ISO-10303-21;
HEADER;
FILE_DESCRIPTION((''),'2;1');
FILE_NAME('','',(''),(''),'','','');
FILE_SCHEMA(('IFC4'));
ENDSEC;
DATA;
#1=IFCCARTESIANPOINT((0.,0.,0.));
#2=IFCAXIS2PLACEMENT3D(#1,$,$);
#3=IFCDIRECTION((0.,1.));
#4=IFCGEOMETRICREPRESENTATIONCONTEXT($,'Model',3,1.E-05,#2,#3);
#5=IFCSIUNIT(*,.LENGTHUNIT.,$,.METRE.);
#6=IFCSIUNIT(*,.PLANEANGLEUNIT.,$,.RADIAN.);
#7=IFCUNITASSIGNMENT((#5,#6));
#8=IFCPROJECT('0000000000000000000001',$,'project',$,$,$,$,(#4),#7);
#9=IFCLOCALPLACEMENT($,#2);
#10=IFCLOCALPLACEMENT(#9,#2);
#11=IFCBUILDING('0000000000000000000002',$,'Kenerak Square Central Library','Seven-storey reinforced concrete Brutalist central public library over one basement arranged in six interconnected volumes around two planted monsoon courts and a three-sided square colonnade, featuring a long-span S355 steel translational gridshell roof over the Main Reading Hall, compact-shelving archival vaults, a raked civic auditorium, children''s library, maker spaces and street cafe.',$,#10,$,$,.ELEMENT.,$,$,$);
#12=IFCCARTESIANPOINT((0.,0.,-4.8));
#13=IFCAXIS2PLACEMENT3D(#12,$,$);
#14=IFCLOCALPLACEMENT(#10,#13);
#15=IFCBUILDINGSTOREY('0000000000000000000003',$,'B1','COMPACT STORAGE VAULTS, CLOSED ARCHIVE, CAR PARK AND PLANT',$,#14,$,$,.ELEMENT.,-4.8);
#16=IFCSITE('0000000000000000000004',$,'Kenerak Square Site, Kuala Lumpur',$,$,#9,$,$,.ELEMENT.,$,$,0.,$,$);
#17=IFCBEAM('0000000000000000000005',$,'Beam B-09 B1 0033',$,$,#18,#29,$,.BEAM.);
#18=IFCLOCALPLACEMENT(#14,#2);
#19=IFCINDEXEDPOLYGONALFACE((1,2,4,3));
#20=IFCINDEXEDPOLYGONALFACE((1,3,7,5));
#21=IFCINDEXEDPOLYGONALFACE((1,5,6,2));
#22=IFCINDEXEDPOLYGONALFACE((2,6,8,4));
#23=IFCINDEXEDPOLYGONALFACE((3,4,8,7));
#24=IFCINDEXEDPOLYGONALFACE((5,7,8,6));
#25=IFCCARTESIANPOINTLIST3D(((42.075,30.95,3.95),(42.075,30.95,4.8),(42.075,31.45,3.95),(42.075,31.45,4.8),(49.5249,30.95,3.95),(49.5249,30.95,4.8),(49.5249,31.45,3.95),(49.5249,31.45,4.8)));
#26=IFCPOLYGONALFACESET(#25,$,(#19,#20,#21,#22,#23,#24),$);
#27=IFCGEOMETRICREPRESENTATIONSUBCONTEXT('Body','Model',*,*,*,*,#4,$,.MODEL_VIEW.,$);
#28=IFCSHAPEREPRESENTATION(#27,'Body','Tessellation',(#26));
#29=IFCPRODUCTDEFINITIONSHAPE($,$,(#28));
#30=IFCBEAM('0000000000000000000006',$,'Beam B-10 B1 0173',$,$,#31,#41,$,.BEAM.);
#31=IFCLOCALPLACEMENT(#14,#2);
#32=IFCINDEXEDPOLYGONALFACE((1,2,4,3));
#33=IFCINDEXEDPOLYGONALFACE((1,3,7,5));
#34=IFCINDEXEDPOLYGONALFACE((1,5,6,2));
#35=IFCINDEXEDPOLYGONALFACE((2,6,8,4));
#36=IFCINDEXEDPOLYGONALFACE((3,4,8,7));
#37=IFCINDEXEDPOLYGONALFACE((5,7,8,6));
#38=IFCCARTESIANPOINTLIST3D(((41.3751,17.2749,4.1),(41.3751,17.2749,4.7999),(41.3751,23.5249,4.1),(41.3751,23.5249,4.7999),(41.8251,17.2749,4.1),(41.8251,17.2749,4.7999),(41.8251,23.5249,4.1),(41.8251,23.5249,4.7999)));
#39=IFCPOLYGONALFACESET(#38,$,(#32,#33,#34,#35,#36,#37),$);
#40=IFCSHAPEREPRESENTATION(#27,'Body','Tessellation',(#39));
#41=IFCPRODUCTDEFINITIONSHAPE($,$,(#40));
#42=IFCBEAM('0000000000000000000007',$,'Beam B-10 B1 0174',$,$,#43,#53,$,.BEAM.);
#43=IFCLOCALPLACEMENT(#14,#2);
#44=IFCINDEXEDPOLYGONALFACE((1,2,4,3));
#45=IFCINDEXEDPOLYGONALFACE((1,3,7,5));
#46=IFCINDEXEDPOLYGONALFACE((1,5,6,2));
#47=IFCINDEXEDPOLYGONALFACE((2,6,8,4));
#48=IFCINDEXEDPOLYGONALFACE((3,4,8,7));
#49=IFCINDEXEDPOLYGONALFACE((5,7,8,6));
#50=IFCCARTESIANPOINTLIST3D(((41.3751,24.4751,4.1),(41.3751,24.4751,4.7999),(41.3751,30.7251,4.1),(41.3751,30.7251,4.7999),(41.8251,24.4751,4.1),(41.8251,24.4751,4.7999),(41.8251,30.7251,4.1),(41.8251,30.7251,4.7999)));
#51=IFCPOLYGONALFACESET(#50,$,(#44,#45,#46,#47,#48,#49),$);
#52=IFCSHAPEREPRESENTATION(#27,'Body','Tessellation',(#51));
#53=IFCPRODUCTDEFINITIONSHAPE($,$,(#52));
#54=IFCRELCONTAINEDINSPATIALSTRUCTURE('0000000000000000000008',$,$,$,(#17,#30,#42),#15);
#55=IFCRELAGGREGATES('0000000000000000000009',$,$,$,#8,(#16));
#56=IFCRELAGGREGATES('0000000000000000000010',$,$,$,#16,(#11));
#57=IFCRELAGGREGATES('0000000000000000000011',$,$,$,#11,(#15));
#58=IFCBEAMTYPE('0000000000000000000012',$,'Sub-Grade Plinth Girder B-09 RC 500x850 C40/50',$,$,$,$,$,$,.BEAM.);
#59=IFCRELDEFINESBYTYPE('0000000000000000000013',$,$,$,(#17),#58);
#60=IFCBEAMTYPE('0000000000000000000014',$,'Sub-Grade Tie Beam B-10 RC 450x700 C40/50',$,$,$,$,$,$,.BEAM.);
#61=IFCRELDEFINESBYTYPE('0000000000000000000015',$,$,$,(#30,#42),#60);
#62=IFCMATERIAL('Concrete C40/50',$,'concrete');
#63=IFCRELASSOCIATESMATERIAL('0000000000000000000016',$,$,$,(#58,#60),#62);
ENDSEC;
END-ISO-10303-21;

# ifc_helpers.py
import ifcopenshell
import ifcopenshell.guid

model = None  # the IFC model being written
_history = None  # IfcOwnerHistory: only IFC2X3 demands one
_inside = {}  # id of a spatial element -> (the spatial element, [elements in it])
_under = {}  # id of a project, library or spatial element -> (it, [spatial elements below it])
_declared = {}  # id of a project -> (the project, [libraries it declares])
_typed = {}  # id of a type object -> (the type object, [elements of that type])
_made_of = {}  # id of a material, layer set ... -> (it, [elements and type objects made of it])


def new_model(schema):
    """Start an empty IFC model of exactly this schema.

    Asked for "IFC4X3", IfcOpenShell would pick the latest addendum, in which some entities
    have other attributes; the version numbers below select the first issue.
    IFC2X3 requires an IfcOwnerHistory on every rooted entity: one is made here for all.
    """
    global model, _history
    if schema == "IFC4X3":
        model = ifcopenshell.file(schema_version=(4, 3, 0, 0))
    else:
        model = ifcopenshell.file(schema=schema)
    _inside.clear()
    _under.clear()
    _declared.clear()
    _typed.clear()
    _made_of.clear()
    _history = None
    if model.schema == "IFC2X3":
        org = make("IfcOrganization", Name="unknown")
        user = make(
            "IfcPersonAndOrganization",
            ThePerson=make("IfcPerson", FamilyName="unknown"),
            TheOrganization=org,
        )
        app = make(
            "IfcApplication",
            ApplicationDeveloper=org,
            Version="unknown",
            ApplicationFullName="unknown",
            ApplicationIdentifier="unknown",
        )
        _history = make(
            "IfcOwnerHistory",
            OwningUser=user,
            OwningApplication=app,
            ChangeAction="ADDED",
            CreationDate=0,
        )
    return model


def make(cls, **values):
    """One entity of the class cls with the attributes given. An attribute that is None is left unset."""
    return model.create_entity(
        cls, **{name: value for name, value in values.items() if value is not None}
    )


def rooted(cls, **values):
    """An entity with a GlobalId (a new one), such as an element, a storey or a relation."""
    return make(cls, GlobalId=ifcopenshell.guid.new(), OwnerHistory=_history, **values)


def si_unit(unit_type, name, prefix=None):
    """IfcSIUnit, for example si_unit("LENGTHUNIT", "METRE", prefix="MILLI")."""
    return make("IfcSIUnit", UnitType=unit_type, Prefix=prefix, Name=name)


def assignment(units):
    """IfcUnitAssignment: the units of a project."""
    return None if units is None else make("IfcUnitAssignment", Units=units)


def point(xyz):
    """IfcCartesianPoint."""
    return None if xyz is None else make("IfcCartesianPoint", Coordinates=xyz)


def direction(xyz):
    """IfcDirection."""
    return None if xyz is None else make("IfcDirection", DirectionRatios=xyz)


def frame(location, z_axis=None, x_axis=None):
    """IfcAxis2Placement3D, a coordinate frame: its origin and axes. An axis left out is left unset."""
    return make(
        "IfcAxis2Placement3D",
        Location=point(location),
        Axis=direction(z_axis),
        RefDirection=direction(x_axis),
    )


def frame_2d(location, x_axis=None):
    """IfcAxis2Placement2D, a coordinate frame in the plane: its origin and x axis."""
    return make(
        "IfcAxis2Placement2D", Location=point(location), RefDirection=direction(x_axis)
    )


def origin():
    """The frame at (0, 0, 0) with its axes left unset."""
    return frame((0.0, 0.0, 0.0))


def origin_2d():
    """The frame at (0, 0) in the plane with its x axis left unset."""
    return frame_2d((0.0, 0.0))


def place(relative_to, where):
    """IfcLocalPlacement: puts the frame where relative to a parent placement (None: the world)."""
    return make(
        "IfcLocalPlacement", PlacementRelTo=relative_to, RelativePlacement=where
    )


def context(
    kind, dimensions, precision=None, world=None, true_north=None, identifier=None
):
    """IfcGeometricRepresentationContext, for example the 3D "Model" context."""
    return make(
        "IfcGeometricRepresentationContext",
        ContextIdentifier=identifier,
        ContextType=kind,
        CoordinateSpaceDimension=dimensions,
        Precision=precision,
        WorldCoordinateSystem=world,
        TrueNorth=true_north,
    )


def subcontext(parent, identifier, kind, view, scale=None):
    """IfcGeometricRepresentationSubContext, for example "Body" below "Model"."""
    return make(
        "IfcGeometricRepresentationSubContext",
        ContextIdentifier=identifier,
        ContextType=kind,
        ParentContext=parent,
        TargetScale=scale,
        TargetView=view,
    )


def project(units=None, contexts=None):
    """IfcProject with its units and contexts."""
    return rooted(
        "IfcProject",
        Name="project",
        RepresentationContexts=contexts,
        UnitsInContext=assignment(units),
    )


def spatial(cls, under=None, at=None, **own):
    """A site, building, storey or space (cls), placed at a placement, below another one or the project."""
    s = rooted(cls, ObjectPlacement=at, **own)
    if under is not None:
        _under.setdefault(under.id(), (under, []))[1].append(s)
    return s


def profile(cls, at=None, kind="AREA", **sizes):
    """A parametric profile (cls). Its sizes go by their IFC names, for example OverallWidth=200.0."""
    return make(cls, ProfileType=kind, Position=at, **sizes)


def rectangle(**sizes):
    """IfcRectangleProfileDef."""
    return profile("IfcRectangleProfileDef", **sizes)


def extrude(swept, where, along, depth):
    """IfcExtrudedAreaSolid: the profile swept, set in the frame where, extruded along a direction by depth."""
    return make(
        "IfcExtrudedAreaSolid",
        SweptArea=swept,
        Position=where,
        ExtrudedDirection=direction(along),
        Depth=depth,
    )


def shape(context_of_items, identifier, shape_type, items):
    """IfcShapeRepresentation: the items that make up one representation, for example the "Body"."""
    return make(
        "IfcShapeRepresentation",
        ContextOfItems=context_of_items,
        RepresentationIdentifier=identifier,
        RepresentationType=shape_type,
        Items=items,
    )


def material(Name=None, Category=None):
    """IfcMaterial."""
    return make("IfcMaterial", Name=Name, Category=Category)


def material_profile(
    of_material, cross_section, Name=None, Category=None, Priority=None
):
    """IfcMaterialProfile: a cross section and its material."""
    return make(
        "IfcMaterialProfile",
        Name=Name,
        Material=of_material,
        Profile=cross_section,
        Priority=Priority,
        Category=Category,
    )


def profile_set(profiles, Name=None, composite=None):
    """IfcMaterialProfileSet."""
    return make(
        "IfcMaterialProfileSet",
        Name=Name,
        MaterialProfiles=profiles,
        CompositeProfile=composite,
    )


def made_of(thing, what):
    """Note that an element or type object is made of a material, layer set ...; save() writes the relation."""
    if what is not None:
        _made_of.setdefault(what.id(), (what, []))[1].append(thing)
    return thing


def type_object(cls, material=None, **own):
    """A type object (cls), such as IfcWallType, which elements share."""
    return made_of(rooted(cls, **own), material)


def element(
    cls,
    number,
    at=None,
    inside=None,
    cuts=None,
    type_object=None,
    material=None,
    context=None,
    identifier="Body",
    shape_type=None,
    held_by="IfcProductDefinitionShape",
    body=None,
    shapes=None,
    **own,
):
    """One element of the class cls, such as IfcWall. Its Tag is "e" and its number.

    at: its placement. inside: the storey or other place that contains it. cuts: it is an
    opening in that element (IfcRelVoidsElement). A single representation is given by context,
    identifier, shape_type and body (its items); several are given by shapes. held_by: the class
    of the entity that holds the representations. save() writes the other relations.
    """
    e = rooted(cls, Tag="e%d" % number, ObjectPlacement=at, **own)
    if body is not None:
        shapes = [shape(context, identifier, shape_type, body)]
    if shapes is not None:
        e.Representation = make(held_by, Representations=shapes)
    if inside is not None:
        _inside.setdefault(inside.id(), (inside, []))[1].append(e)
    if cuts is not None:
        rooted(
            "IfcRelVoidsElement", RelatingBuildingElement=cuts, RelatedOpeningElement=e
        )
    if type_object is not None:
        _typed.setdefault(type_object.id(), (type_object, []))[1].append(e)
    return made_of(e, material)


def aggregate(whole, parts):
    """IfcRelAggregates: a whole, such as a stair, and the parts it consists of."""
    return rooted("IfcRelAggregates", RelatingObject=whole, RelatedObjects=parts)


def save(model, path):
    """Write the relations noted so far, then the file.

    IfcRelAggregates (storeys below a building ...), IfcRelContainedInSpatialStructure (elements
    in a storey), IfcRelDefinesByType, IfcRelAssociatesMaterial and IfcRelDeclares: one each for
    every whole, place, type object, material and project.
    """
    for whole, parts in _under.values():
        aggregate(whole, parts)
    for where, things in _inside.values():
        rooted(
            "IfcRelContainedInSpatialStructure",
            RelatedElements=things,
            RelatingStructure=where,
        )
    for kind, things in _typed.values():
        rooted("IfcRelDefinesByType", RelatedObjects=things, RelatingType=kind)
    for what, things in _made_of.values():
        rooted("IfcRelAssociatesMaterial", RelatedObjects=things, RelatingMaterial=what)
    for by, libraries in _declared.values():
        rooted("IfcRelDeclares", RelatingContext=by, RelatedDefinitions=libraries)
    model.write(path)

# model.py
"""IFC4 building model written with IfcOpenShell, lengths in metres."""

from ifc_helpers import new_model, si_unit, direction, frame, origin, origin_2d, place, context, subcontext, project, spatial, rectangle, extrude, material, material_profile, profile_set, type_object, element, save


model = new_model("IFC4")

# Units and contexts
model_context = context("Model", 3, precision=1e-05, world=origin(), true_north=direction((0.0, 1.0)))
body_context = subcontext(model_context, "Body", "Model", "MODEL_VIEW")
ifc_project = project(units=[si_unit("LENGTHUNIT", "METRE"), si_unit("PLANEANGLEUNIT", "RADIAN")], contexts=[model_context])

# Site, building, storey
site_placement = place(None, origin())
site = spatial("IfcSite", under=ifc_project, at=site_placement, Name="Kenerak Square Site, Kuala Lumpur", CompositionType="ELEMENT", RefElevation=0.0)
building_placement = place(site_placement, origin())
building = spatial("IfcBuilding", under=site, at=building_placement, Name="Kenerak Square Central Library", Description="Seven-storey reinforced concrete Brutalist central public library over one basement arranged in six interconnected volumes around two planted monsoon courts and a three-sided square colonnade, featuring a long-span S355 steel translational gridshell roof over the Main Reading Hall, compact-shelving archival vaults, a raked civic auditorium, children's library, maker spaces and street cafe.", CompositionType="ELEMENT")
storey_placement = place(building_placement, frame((0.0, 0.0, -4.8)))
storey = spatial("IfcBuildingStorey", under=building, at=storey_placement, Name="B1", Description="COMPACT STORAGE VAULTS, CLOSED ARCHIVE, CAR PARK AND PLANT", CompositionType="ELEMENT", Elevation=-4.8)

# Shared definitions
ifc_material_1 = material(Name="Concrete C40/50", Category="concrete")

# Beams
ifc_material_profile_1 = material_profile(ifc_material_1, rectangle(XDim=0.5, YDim=0.8501, at=origin_2d()), Name="RC 500x850")
ifc_profile_set_1 = profile_set([ifc_material_profile_1], Name="Concrete C40/50")
beam_type_1 = type_object("IfcBeamType", Name="Sub-Grade Plinth Girder B-09 RC 500x850 C40/50", PredefinedType="BEAM", material=ifc_profile_set_1)
for number, where, z_axis, x_axis, name in (
    (1, (42.075, 31.2, 4.375), (1.0, 0.0, 0.0), (0.0, 1.0, 0.0), "Beam B-09 B1 0033"),
):
    element("IfcBeam", number, at=place(storey_placement, frame(where, z_axis=z_axis, x_axis=x_axis)), inside=storey, type_object=beam_type_1, Name=name, PredefinedType="BEAM", context=body_context, shape_type="SweptSolid", body=[
        extrude(rectangle(XDim=0.5, YDim=0.8501, at=origin_2d()), origin(), (0.0, 0.0, 1.0), 7.45),
    ])
ifc_material_profile_2 = material_profile(ifc_material_1, rectangle(XDim=0.45, YDim=0.7, at=origin_2d()), Name="RC 450x700")
ifc_profile_set_2 = profile_set([ifc_material_profile_2], Name="Concrete C40/50")
beam_type_2 = type_object("IfcBeamType", Name="Sub-Grade Tie Beam B-10 RC 450x700 C40/50", PredefinedType="BEAM", material=ifc_profile_set_2)
for number, where, z_axis, x_axis, name in (
    (2, (41.6001, 17.2749, 4.45), (0.0, 1.0, 0.0), (-1.0, 0.0, 0.0), "Beam B-10 B1 0173"),
    (3, (41.6001, 24.4751, 4.45), (0.0, 1.0, 0.0), (-1.0, 0.0, 0.0), "Beam B-10 B1 0174"),
):
    element("IfcBeam", number, at=place(storey_placement, frame(where, z_axis=z_axis, x_axis=x_axis)), inside=storey, type_object=beam_type_2, Name=name, PredefinedType="BEAM", context=body_context, shape_type="SweptSolid", body=[
        extrude(rectangle(XDim=0.45, YDim=0.7, at=origin_2d()), origin(), (0.0, 0.0, 1.0), 6.25),
    ])

save(model, "model.ifc")
